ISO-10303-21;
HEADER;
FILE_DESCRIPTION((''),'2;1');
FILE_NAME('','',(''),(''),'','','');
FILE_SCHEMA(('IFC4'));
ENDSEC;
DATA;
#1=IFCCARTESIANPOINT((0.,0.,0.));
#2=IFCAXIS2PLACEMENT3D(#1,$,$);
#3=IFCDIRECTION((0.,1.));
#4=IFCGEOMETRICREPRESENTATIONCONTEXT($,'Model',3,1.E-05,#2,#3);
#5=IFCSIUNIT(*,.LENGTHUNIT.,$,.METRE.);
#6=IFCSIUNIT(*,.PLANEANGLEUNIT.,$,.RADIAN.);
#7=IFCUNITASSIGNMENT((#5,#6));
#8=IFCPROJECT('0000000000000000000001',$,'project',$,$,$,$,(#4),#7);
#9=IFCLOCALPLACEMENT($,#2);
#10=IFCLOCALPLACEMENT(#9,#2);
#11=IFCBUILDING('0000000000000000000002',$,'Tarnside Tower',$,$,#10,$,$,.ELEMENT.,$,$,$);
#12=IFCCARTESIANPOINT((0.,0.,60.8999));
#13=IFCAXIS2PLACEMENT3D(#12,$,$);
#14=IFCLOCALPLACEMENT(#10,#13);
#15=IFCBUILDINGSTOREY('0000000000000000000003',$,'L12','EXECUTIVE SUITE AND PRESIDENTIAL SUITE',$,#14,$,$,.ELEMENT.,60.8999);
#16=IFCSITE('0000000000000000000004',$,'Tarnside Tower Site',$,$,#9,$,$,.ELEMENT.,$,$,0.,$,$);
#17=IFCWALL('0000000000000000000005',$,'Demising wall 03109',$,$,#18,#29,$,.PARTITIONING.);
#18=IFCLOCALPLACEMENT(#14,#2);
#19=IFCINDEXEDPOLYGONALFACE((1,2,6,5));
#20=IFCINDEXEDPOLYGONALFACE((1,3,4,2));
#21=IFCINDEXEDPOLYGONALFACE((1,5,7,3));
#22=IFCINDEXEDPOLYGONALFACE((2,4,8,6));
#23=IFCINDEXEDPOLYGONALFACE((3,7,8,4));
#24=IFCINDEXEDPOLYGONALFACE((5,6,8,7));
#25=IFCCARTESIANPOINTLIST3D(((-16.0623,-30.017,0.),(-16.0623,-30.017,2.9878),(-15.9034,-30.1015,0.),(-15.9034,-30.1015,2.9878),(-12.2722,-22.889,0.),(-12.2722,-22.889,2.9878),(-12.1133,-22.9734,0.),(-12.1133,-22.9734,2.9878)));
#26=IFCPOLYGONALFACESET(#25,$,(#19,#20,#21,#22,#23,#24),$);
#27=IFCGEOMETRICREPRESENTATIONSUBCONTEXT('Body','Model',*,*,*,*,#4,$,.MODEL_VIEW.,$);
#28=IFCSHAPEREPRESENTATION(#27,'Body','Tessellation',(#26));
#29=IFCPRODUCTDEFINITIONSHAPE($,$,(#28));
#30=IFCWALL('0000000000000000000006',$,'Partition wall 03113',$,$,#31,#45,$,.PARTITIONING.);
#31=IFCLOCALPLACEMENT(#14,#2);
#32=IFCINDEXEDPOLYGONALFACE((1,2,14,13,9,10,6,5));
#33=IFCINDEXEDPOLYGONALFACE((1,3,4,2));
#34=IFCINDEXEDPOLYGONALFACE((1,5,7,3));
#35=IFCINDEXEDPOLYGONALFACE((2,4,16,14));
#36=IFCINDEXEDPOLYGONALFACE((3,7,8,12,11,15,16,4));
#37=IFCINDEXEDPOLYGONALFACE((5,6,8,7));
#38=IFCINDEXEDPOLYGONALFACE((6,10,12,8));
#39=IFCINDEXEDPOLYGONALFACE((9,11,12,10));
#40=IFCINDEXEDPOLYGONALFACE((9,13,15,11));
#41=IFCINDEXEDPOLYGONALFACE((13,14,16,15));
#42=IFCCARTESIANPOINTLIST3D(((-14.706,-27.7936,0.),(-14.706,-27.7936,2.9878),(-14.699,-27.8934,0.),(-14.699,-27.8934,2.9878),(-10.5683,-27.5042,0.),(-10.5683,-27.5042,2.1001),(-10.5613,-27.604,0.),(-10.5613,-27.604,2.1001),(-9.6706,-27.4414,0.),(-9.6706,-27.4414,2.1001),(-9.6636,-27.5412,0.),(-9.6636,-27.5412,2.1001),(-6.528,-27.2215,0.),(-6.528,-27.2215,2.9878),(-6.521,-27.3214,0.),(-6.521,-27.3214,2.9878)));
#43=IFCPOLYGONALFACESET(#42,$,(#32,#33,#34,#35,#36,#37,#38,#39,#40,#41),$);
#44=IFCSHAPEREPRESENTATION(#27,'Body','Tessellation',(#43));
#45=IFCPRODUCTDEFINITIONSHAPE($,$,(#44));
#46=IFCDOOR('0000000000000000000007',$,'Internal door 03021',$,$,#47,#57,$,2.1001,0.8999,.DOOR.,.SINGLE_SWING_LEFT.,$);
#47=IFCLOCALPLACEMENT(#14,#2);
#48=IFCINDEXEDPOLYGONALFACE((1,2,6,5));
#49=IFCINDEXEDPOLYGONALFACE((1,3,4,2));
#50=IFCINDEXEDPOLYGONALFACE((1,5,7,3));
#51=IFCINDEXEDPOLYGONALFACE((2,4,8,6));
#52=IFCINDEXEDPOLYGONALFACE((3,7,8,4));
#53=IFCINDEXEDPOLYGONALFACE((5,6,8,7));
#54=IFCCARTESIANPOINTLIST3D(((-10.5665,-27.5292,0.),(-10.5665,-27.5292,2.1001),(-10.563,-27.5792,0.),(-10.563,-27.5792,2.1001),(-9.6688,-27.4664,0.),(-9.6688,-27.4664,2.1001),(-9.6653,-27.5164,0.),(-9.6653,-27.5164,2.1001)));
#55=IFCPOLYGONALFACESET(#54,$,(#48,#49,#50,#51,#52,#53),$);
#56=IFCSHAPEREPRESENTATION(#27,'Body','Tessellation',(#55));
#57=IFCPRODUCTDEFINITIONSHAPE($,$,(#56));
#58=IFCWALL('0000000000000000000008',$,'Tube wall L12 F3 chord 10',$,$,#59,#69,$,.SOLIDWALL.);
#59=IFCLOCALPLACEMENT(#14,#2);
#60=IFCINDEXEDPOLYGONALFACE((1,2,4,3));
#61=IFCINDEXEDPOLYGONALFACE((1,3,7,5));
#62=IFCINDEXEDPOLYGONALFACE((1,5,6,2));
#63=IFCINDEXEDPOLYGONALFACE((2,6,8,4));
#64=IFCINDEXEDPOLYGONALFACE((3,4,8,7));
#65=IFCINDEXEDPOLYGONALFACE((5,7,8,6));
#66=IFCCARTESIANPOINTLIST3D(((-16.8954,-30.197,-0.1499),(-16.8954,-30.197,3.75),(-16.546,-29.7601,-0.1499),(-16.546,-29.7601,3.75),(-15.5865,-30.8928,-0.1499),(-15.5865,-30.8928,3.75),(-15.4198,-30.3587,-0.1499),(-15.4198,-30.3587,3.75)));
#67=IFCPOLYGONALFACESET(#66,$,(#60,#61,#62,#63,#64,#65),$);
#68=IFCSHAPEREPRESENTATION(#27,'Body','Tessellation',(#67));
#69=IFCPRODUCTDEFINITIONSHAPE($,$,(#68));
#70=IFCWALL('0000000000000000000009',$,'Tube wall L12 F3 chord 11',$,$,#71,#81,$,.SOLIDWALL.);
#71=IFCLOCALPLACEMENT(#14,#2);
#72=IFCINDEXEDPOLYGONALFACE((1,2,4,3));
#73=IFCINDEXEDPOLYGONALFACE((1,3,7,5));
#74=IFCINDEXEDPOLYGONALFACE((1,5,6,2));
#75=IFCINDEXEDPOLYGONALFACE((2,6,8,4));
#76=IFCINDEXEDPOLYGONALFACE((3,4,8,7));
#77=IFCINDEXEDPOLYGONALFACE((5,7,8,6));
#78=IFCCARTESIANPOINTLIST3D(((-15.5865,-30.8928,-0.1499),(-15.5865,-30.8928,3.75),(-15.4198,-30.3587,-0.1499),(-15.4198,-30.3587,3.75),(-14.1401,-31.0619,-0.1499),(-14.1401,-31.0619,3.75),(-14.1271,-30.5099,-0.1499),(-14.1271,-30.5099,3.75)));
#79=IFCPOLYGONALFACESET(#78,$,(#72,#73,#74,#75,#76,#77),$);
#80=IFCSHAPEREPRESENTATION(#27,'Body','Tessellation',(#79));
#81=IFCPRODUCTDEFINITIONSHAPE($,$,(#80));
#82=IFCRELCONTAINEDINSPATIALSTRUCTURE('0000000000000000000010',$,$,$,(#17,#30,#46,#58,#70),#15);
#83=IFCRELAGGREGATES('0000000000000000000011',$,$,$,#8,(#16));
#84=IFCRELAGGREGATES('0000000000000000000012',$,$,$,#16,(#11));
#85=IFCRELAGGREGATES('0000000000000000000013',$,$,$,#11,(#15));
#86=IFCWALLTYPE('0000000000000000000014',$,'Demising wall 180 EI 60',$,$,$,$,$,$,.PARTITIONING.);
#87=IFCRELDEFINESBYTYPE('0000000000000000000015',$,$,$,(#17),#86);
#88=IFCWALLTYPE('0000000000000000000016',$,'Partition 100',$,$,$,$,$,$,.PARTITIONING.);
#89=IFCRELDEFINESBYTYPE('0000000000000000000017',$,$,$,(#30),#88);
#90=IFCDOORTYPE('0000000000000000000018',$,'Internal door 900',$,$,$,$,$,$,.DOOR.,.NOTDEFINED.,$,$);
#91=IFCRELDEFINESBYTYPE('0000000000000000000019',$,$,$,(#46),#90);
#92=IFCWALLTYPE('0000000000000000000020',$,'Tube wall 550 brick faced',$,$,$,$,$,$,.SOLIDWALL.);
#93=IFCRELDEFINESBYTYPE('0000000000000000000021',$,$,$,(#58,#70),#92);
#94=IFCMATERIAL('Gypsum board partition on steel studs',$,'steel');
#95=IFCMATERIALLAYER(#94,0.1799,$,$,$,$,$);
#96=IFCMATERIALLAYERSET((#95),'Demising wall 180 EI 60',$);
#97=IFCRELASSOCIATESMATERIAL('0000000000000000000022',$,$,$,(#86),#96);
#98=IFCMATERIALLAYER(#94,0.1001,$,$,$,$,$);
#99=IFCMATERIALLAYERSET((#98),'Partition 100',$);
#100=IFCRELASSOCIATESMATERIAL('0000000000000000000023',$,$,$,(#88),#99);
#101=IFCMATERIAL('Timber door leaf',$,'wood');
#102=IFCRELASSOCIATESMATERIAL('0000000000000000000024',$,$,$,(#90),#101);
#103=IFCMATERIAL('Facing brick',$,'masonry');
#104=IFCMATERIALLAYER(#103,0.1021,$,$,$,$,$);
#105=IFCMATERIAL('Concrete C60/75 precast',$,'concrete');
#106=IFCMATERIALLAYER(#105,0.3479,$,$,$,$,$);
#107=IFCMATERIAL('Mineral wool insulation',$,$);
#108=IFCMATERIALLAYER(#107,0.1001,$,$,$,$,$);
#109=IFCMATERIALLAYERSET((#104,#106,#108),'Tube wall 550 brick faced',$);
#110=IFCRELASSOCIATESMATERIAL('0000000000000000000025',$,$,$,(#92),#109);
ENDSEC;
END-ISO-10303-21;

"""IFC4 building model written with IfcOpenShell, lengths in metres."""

from ifc_helpers import new_model, si_unit, direction, frame, frame_2d, origin, place, context, subcontext, project, spatial, polyline, rectangle, outline, extrude, material, layer, layer_set, type_object, element, fill, save


model = new_model("IFC4")

# Units and contexts
model_context = context("Model", 3, precision=1e-05, world=origin(), true_north=direction((0.0, 1.0)))
body_context = subcontext(model_context, "Body", "Model", "MODEL_VIEW")
ifc_project = project(units=[si_unit("LENGTHUNIT", "METRE"), si_unit("PLANEANGLEUNIT", "RADIAN")], contexts=[model_context])

# Site, building, storey
site_placement = place(None, origin())
site = spatial("IfcSite", under=ifc_project, at=site_placement, Name="Tarnside Tower Site", CompositionType="ELEMENT", RefElevation=0.0)
building_placement = place(site_placement, origin())
building = spatial("IfcBuilding", under=site, at=building_placement, Name="Tarnside Tower", CompositionType="ELEMENT")
storey_placement = place(building_placement, frame((0.0, 0.0, 60.8999)))
storey = spatial("IfcBuildingStorey", under=building, at=storey_placement, Name="L12", Description="EXECUTIVE SUITE AND PRESIDENTIAL SUITE", CompositionType="ELEMENT", Elevation=60.8999)

# Shared definitions
ifc_material_1 = material(Name="Gypsum board partition on steel studs", Category="steel")
ifc_material_2 = material(Name="Timber door leaf", Category="wood")

# Wall
ifc_layer_1 = layer(ifc_material_1, 0.1799)
ifc_layer_set_1 = layer_set([ifc_layer_1], Name="Demising wall 180 EI 60")
wall_type_1 = type_object("IfcWallType", Name="Demising wall 180 EI 60", PredefinedType="PARTITIONING", material=ifc_layer_set_1)
wall_1_placement = place(storey_placement, frame((-15.9829, -30.0593, 0.0), z_axis=(0.0, 0.0, 1.0), x_axis=(0.469477, 0.882945, 0.0)))
element("IfcWall", 1, at=wall_1_placement, inside=storey, type_object=wall_type_1, Name="Demising wall 03109", PredefinedType="PARTITIONING", context=body_context, shape_type="SweptSolid", body=[
    extrude(rectangle(XDim=8.073, YDim=0.1799, at=frame_2d((4.0366, 0.0))), origin(), (0.0, 0.0, 1.0), 2.9878),
])

# Wall, opening, door
ifc_layer_2 = layer(ifc_material_1, 0.1001)
ifc_layer_set_2 = layer_set([ifc_layer_2], Name="Partition 100")
wall_type_2 = type_object("IfcWallType", Name="Partition 100", PredefinedType="PARTITIONING", material=ifc_layer_set_2)
wall_2_placement = place(storey_placement, frame((-14.7026, -27.8435, 0.0), z_axis=(0.0, 0.0, 1.0), x_axis=(0.997563, 0.069776, 0.0)))
wall_2 = element("IfcWall", 2, at=wall_2_placement, inside=storey, type_object=wall_type_2, Name="Partition wall 03113", PredefinedType="PARTITIONING", context=body_context, shape_type="SweptSolid", body=[
    extrude(rectangle(XDim=8.198, YDim=0.1001, at=frame_2d((4.0991, 0.0))), origin(), (0.0, 0.0, 1.0), 2.9878),
])
opening_1_placement = place(wall_2_placement, frame((4.1479, 0.0, 0.0)))
opening_1 = element("IfcOpeningElement", 3, at=opening_1_placement, cuts=wall_2, PredefinedType="OPENING", context=body_context, shape_type="SweptSolid", body=[
    extrude(rectangle(XDim=0.8999, YDim=2.1001, at=frame_2d((0.45, 1.05))), frame((0.0, 0.0601, 0.0), z_axis=(0.0, -1.0, 0.0), x_axis=(1.0, 0.0, 0.0)), (0.0, 0.0, 1.0), 0.1201),
])
door_type_1 = type_object("IfcDoorType", Name="Internal door 900", OperationType="NOTDEFINED", PredefinedType="DOOR", material=ifc_material_2)
door_1_placement = place(opening_1_placement, origin())
door_1 = element("IfcDoor", 4, at=door_1_placement, inside=storey, type_object=door_type_1, Name="Internal door 03021", OperationType="SINGLE_SWING_LEFT", OverallHeight=2.1001, OverallWidth=0.8999, PredefinedType="DOOR", context=body_context, shape_type="SweptSolid", body=[
    extrude(rectangle(XDim=0.8999, YDim=2.1001, at=frame_2d((0.45, 1.05))), frame((0.0, 0.0249, 0.0), z_axis=(0.0, -1.0, 0.0), x_axis=(1.0, 0.0, 0.0)), (0.0, 0.0, 1.0), 0.05),
])
fill(opening_1, door_1)

# Walls
ifc_material_3 = material(Name="Facing brick", Category="masonry")
ifc_layer_3 = layer(ifc_material_3, 0.1021)
ifc_material_4 = material(Name="Concrete C60/75 precast", Category="concrete")
ifc_layer_4 = layer(ifc_material_4, 0.3479)
ifc_material_5 = material(Name="Mineral wool insulation")
ifc_layer_5 = layer(ifc_material_5, 0.1001)
ifc_layer_set_3 = layer_set([ifc_layer_3, ifc_layer_4, ifc_layer_5], Name="Tube wall 550 brick faced")
wall_type_3 = type_object("IfcWallType", Name="Tube wall 550 brick faced", PredefinedType="SOLIDWALL", material=ifc_layer_set_3)
wall_3_placement = place(storey_placement, frame((-16.7207, -29.9785, -0.1499), z_axis=(0.0, 0.0, 1.0), x_axis=(0.882994, -0.469384, 0.0)))
element("IfcWall", 5, at=wall_3_placement, inside=storey, type_object=wall_type_3, Name="Tube wall L12 F3 chord 10", PredefinedType="SOLIDWALL", context=body_context, shape_type="SweptSolid", body=[
    extrude(outline(polyline([(-0.0518, -0.2749), (1.4307, -0.2749), (1.3271, 0.2749), (0.0518, 0.2749), (-0.0518, -0.2749)])), origin(), (0.0, 0.0, 1.0), 3.8999),
])
wall_4_placement = place(storey_placement, frame((-15.5032, -30.6257, -0.1499), z_axis=(0.0, 0.0, 1.0), x_axis=(0.993233, -0.116143, 0.0)))
element("IfcWall", 6, at=wall_4_placement, inside=storey, type_object=wall_type_3, Name="Tube wall L12 F3 chord 11", PredefinedType="SOLIDWALL", context=body_context, shape_type="SweptSolid", body=[
    extrude(outline(polyline([(-0.0518, -0.2749), (1.4045, -0.2749), (1.3533, 0.2749), (0.0518, 0.2749), (-0.0518, -0.2749)])), origin(), (0.0, 0.0, 1.0), 3.8999),
])

save(model, "model.ifc")
